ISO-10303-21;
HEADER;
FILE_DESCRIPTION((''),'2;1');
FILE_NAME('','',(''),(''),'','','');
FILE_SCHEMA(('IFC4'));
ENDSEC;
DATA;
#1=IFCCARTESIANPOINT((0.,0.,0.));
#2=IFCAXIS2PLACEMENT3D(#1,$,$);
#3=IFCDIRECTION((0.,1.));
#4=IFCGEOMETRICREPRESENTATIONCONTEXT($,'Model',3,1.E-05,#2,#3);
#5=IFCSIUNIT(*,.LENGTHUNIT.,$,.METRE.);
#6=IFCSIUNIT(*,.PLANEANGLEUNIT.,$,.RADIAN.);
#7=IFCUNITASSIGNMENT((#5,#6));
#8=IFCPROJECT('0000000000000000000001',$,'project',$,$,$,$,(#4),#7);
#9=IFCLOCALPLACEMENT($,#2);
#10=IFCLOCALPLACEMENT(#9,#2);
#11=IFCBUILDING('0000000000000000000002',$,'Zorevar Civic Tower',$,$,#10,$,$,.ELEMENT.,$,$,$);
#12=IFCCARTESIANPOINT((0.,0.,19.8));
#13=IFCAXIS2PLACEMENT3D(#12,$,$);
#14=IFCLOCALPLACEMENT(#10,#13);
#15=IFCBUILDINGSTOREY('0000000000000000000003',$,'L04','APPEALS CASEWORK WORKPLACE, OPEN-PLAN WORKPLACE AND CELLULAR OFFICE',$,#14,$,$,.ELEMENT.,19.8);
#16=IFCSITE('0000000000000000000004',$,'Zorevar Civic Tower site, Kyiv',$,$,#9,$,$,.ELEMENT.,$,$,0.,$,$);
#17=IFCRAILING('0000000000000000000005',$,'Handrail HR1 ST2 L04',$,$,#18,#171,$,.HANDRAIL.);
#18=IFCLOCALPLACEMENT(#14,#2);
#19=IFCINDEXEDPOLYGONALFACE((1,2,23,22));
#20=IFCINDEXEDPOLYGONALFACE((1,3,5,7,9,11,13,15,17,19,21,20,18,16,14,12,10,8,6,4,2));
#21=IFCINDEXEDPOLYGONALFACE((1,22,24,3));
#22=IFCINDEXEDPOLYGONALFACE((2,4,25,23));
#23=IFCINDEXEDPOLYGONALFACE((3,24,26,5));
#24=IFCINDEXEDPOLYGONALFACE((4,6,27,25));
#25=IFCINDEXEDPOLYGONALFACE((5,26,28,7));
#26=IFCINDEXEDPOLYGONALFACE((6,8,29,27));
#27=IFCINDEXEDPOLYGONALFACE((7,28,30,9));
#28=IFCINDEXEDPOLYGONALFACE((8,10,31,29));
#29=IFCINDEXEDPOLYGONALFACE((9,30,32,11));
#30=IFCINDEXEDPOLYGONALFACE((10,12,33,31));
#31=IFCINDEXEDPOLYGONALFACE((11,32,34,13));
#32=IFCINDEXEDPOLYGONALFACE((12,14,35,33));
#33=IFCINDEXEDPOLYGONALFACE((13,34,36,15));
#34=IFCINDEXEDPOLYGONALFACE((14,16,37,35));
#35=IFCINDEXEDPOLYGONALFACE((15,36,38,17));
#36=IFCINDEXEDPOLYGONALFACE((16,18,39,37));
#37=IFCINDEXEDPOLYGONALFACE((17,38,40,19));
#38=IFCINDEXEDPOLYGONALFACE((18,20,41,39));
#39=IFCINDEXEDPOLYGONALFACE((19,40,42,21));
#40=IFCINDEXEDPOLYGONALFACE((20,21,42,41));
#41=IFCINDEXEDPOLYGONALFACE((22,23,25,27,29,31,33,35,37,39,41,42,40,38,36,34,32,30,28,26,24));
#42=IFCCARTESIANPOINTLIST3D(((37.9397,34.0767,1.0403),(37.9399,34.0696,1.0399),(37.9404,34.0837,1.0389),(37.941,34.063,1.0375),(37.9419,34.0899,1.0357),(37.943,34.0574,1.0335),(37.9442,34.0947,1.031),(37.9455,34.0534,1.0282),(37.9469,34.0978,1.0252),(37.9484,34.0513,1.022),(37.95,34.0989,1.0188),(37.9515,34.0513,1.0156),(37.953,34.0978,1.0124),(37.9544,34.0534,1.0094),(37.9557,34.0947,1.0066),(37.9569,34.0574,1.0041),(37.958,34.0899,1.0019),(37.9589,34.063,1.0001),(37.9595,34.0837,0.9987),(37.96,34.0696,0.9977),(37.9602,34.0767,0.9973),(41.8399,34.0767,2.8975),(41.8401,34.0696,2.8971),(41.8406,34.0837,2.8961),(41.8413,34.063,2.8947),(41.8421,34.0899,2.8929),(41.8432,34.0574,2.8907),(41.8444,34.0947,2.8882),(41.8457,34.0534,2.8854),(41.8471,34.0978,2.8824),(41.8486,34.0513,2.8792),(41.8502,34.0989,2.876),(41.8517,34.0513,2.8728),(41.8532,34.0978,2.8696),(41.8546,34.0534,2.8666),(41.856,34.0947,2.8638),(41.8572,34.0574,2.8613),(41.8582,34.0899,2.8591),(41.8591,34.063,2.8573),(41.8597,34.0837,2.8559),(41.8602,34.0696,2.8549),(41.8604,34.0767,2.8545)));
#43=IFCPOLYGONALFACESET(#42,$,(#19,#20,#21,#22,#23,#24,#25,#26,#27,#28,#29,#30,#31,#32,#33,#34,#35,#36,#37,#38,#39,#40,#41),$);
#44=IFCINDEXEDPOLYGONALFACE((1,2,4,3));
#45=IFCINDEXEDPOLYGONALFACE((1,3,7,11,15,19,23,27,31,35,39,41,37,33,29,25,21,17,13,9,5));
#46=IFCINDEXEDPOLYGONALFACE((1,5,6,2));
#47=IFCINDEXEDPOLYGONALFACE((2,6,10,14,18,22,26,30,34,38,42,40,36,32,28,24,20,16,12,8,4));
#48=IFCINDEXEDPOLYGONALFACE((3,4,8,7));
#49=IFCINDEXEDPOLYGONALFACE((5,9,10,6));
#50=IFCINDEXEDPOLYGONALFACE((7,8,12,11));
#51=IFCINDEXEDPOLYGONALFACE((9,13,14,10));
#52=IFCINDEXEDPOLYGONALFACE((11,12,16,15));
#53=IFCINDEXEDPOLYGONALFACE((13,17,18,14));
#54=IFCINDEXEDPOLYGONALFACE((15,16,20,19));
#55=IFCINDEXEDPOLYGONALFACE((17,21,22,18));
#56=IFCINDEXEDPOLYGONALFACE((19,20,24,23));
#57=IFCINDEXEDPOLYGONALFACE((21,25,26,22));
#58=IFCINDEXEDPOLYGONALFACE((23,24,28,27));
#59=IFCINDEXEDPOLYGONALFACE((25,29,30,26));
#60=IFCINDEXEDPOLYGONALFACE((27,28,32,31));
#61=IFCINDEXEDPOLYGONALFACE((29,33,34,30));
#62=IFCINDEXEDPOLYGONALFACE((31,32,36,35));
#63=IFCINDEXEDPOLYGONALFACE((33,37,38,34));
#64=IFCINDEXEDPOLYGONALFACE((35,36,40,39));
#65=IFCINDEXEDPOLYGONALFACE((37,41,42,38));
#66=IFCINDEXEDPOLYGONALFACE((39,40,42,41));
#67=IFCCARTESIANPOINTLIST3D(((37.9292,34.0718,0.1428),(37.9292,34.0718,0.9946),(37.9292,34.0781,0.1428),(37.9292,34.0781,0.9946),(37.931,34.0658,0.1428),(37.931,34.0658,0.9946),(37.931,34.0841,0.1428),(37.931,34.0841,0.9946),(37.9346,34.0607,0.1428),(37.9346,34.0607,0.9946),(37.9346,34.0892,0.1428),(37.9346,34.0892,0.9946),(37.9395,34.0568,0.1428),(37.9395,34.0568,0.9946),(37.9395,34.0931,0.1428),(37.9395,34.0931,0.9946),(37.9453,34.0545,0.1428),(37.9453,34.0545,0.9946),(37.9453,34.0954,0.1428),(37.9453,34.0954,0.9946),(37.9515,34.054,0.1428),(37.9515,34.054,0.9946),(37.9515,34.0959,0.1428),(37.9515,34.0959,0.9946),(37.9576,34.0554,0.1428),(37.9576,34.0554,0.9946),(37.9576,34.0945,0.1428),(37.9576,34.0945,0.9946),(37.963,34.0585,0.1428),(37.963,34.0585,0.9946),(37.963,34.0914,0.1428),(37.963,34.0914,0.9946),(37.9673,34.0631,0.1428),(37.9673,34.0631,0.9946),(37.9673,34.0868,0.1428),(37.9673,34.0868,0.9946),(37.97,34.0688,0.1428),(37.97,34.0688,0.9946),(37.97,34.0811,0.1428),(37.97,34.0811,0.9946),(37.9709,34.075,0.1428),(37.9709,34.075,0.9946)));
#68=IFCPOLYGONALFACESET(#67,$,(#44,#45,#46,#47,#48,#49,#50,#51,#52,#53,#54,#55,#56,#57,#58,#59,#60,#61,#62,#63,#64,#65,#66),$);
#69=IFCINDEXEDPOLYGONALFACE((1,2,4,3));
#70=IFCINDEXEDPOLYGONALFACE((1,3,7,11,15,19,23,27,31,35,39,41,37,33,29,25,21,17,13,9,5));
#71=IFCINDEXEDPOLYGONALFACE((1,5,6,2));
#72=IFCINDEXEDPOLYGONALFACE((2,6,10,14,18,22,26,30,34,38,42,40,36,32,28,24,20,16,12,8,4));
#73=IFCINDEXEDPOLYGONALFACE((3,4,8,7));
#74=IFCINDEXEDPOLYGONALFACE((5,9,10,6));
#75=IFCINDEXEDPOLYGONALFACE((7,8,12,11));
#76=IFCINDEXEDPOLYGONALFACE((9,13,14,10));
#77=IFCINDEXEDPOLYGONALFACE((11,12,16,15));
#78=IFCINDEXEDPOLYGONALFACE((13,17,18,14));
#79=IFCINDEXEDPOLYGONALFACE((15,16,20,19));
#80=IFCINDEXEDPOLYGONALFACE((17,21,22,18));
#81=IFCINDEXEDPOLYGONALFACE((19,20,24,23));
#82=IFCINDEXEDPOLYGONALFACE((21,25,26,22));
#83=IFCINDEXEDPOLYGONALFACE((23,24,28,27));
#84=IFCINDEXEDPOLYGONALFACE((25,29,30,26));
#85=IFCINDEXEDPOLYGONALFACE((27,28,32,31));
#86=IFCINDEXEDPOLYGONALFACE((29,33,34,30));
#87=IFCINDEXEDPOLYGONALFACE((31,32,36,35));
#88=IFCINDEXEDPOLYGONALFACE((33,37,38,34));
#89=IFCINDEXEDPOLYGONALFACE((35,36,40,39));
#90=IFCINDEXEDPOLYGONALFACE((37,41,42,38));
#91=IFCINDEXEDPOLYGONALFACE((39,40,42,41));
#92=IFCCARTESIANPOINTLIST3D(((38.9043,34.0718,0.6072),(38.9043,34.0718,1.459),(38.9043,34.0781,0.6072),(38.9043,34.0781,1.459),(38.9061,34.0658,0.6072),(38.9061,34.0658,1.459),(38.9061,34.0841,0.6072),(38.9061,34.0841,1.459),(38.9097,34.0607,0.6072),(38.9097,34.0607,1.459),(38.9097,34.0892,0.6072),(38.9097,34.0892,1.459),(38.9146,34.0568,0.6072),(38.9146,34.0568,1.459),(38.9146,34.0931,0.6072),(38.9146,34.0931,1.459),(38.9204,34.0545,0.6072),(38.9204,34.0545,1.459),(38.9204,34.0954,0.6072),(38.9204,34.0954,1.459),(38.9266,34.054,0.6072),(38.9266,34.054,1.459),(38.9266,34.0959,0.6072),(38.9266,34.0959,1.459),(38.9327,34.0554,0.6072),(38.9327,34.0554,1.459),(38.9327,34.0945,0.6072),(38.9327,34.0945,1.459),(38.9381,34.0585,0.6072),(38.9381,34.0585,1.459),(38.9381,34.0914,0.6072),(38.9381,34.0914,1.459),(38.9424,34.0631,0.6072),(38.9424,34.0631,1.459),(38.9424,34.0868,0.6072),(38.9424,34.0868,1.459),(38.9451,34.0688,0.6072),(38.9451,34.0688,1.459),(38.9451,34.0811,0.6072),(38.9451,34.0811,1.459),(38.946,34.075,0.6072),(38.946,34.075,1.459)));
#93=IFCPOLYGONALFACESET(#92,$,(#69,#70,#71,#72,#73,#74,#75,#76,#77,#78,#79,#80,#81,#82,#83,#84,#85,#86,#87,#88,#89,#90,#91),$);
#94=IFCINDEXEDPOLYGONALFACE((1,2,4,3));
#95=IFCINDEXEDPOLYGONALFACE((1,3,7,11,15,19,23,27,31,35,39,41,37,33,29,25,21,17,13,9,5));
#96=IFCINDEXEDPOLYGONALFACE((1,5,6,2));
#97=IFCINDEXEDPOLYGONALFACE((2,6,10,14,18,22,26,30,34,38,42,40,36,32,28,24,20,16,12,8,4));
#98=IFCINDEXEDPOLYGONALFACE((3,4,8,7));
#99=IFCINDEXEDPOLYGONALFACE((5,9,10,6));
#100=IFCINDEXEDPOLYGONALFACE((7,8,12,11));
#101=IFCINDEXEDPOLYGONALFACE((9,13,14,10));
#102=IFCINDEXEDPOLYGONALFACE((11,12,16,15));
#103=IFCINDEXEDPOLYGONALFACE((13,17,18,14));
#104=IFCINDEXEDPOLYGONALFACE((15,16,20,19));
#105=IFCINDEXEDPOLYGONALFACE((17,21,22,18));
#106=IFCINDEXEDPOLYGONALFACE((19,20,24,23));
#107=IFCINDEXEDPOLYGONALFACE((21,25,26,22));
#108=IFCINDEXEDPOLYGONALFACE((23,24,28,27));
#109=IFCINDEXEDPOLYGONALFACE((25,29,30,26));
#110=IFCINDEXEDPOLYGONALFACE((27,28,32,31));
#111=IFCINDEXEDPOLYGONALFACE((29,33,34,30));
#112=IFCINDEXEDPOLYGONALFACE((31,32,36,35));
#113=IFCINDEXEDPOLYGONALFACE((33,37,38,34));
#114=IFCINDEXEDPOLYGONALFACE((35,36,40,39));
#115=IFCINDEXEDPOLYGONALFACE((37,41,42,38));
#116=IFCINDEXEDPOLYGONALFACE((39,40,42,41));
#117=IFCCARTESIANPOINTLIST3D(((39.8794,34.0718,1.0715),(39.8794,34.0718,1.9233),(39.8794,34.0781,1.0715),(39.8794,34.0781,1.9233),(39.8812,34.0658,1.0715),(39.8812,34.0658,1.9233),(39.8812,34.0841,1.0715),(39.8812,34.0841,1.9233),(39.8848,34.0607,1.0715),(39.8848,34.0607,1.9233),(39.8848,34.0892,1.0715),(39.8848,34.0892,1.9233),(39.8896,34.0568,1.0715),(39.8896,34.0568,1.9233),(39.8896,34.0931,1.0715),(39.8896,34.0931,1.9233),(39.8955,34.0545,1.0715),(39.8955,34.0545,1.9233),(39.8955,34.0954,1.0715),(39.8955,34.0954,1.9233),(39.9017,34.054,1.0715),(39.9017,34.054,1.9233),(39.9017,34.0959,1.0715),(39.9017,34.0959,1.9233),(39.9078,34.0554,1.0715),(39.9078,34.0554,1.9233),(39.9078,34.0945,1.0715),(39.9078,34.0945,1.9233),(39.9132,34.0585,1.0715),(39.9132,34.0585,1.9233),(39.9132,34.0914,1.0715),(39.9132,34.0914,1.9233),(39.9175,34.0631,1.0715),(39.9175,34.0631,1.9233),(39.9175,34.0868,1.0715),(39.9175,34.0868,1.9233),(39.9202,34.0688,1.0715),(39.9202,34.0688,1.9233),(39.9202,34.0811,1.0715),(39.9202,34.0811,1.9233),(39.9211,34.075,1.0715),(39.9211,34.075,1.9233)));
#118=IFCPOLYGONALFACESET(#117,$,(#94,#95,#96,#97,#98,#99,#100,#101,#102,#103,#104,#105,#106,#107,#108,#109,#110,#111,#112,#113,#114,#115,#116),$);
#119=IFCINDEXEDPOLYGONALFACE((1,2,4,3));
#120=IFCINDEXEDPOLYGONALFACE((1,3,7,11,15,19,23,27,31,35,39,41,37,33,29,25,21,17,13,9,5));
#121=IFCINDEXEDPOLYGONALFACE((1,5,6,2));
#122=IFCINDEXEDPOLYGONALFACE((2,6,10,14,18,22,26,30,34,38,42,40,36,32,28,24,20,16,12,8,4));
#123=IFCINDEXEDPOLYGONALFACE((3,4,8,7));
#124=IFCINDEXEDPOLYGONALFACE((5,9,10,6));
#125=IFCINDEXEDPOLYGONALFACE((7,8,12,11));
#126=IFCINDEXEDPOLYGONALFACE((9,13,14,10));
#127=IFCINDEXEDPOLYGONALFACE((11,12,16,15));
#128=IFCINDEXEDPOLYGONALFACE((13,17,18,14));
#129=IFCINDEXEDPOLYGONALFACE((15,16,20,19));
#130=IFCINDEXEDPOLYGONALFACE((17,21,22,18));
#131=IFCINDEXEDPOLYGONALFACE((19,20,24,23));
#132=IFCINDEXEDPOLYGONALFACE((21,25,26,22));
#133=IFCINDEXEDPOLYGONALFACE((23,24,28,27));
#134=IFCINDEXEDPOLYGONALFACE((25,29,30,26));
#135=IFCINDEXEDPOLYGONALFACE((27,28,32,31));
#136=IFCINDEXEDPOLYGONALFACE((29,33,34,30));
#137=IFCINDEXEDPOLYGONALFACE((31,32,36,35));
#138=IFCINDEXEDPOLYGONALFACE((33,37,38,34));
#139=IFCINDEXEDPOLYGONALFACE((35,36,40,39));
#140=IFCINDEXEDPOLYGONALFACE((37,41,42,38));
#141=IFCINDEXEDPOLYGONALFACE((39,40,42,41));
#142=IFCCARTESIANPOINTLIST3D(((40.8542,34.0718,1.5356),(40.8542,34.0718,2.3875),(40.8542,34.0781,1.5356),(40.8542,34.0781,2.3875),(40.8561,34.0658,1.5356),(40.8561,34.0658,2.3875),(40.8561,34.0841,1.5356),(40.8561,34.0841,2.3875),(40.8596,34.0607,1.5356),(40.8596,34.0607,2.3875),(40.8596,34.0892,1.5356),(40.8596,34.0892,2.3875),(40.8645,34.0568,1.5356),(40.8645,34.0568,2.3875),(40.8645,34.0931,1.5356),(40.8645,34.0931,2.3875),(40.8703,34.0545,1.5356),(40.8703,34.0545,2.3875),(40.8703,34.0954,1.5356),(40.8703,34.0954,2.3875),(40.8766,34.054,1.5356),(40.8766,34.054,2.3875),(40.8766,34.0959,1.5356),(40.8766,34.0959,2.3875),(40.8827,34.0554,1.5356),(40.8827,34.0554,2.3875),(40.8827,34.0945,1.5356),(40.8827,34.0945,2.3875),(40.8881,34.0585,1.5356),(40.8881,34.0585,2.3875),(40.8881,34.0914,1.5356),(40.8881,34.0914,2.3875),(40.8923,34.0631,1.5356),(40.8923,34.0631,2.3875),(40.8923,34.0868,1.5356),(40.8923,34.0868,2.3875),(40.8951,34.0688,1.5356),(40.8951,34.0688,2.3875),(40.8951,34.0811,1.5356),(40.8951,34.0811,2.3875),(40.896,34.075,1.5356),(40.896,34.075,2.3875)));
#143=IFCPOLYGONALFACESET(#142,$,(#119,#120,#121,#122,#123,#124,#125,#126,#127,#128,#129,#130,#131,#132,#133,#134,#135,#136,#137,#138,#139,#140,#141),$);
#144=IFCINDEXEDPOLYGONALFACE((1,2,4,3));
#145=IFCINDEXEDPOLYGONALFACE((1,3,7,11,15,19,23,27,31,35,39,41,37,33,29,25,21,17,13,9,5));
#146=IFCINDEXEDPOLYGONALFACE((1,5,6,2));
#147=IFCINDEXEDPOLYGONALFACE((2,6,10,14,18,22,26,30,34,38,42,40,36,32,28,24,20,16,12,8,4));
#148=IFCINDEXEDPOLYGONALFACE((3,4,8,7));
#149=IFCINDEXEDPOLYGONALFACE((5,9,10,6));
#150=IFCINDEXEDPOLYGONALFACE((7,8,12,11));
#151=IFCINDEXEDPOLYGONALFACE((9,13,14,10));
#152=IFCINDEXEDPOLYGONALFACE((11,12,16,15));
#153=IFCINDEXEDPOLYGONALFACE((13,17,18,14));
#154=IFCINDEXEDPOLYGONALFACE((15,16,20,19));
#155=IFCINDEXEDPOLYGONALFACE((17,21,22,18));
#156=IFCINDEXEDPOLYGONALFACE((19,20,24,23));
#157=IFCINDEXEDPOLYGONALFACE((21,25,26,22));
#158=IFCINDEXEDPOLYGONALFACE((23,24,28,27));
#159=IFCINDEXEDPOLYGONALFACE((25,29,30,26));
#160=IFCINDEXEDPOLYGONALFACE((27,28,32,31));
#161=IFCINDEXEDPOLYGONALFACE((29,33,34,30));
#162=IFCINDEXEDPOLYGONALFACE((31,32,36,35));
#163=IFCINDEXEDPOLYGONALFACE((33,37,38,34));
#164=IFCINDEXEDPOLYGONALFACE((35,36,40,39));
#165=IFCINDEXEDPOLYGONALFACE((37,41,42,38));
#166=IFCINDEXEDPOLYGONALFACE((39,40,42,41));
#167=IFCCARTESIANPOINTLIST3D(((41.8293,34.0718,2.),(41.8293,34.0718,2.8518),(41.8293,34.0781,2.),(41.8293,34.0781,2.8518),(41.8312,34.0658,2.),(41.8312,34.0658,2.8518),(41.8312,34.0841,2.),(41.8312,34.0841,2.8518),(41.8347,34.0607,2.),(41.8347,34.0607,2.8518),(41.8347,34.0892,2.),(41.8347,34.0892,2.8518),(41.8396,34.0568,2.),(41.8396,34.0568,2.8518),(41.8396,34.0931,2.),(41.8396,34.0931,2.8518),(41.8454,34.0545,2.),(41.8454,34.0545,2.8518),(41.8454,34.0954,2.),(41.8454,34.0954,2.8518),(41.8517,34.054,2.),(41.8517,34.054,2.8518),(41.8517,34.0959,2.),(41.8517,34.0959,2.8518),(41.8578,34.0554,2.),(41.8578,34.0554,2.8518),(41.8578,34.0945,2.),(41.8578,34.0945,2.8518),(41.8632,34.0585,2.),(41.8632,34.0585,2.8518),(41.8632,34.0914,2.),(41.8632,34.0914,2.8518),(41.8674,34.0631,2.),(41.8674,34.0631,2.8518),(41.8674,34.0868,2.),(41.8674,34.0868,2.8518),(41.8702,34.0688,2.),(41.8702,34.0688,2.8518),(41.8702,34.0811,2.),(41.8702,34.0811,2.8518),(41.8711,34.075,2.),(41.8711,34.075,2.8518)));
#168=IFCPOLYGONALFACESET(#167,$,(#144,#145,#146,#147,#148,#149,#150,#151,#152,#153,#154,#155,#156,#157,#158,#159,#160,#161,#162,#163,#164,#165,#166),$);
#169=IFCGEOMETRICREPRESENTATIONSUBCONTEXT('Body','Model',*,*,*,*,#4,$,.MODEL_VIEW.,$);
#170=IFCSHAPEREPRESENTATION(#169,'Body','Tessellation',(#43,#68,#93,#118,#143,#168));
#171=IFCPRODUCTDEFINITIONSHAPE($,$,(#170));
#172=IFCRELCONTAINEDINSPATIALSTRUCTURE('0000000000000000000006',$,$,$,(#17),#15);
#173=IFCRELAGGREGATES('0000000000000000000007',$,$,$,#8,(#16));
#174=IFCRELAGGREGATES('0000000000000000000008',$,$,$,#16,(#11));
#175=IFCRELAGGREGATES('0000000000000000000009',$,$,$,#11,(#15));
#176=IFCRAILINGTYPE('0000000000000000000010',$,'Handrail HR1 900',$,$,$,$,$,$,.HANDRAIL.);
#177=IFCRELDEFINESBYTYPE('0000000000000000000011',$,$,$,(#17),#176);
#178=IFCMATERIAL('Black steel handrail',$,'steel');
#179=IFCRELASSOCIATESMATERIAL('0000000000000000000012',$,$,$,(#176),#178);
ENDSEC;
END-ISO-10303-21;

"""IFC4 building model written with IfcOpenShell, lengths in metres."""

from ifc_helpers import new_model, si_unit, direction, frame, origin, origin_2d, place, context, subcontext, project, spatial, circle, extrude, material, type_object, element, save


model = new_model("IFC4")

# Units and contexts
model_context = context("Model", 3, precision=1e-05, world=origin(), true_north=direction((0.0, 1.0)))
body_context = subcontext(model_context, "Body", "Model", "MODEL_VIEW")
ifc_project = project(units=[si_unit("LENGTHUNIT", "METRE"), si_unit("PLANEANGLEUNIT", "RADIAN")], contexts=[model_context])

# Site, building, storey
site_placement = place(None, origin())
site = spatial("IfcSite", under=ifc_project, at=site_placement, Name="Zorevar Civic Tower site, Kyiv", CompositionType="ELEMENT", RefElevation=0.0)
building_placement = place(site_placement, origin())
building = spatial("IfcBuilding", under=site, at=building_placement, Name="Zorevar Civic Tower", CompositionType="ELEMENT")
storey_placement = place(building_placement, frame((0.0, 0.0, 19.8)))
storey = spatial("IfcBuildingStorey", under=building, at=storey_placement, Name="L04", Description="APPEALS CASEWORK WORKPLACE, OPEN-PLAN WORKPLACE AND CELLULAR OFFICE", CompositionType="ELEMENT", Elevation=19.8)

# Railing
ifc_material_1 = material(Name="Black steel handrail", Category="steel")
railing_type = type_object("IfcRailingType", Name="Handrail HR1 900", PredefinedType="HANDRAIL", material=ifc_material_1)
railing_1_placement = place(storey_placement, frame((37.95, 34.075, 0.1428)))
element("IfcRailing", 1, at=railing_1_placement, inside=storey, type_object=railing_type, Name="Handrail HR1 ST2 L04", PredefinedType="HANDRAIL", context=body_context, shape_type="SweptSolid", body=[
    extrude(circle(Radius=0.0239, at=origin_2d()), frame((0.0, 0.0, 0.876), z_axis=(0.902864, 0.0, 0.429927), x_axis=(0.0, 1.0, 0.0)), (0.0, 0.0, 1.0), 4.3198),
    extrude(circle(Radius=0.021, at=origin_2d()), origin(), (0.0, 0.0, 1.0), 0.8518),
    extrude(circle(Radius=0.021, at=origin_2d()), frame((0.9751, 0.0, 0.4644)), (0.0, 0.0, 1.0), 0.8518),
    extrude(circle(Radius=0.021, at=origin_2d()), frame((1.9502, 0.0, 0.9287)), (0.0, 0.0, 1.0), 0.8518),
    extrude(circle(Radius=0.021, at=origin_2d()), frame((2.925, 0.0, 1.3928)), (0.0, 0.0, 1.0), 0.8518),
    extrude(circle(Radius=0.021, at=origin_2d()), frame((3.9001, 0.0, 1.8572)), (0.0, 0.0, 1.0), 0.8518),
])

save(model, "model.ifc")
